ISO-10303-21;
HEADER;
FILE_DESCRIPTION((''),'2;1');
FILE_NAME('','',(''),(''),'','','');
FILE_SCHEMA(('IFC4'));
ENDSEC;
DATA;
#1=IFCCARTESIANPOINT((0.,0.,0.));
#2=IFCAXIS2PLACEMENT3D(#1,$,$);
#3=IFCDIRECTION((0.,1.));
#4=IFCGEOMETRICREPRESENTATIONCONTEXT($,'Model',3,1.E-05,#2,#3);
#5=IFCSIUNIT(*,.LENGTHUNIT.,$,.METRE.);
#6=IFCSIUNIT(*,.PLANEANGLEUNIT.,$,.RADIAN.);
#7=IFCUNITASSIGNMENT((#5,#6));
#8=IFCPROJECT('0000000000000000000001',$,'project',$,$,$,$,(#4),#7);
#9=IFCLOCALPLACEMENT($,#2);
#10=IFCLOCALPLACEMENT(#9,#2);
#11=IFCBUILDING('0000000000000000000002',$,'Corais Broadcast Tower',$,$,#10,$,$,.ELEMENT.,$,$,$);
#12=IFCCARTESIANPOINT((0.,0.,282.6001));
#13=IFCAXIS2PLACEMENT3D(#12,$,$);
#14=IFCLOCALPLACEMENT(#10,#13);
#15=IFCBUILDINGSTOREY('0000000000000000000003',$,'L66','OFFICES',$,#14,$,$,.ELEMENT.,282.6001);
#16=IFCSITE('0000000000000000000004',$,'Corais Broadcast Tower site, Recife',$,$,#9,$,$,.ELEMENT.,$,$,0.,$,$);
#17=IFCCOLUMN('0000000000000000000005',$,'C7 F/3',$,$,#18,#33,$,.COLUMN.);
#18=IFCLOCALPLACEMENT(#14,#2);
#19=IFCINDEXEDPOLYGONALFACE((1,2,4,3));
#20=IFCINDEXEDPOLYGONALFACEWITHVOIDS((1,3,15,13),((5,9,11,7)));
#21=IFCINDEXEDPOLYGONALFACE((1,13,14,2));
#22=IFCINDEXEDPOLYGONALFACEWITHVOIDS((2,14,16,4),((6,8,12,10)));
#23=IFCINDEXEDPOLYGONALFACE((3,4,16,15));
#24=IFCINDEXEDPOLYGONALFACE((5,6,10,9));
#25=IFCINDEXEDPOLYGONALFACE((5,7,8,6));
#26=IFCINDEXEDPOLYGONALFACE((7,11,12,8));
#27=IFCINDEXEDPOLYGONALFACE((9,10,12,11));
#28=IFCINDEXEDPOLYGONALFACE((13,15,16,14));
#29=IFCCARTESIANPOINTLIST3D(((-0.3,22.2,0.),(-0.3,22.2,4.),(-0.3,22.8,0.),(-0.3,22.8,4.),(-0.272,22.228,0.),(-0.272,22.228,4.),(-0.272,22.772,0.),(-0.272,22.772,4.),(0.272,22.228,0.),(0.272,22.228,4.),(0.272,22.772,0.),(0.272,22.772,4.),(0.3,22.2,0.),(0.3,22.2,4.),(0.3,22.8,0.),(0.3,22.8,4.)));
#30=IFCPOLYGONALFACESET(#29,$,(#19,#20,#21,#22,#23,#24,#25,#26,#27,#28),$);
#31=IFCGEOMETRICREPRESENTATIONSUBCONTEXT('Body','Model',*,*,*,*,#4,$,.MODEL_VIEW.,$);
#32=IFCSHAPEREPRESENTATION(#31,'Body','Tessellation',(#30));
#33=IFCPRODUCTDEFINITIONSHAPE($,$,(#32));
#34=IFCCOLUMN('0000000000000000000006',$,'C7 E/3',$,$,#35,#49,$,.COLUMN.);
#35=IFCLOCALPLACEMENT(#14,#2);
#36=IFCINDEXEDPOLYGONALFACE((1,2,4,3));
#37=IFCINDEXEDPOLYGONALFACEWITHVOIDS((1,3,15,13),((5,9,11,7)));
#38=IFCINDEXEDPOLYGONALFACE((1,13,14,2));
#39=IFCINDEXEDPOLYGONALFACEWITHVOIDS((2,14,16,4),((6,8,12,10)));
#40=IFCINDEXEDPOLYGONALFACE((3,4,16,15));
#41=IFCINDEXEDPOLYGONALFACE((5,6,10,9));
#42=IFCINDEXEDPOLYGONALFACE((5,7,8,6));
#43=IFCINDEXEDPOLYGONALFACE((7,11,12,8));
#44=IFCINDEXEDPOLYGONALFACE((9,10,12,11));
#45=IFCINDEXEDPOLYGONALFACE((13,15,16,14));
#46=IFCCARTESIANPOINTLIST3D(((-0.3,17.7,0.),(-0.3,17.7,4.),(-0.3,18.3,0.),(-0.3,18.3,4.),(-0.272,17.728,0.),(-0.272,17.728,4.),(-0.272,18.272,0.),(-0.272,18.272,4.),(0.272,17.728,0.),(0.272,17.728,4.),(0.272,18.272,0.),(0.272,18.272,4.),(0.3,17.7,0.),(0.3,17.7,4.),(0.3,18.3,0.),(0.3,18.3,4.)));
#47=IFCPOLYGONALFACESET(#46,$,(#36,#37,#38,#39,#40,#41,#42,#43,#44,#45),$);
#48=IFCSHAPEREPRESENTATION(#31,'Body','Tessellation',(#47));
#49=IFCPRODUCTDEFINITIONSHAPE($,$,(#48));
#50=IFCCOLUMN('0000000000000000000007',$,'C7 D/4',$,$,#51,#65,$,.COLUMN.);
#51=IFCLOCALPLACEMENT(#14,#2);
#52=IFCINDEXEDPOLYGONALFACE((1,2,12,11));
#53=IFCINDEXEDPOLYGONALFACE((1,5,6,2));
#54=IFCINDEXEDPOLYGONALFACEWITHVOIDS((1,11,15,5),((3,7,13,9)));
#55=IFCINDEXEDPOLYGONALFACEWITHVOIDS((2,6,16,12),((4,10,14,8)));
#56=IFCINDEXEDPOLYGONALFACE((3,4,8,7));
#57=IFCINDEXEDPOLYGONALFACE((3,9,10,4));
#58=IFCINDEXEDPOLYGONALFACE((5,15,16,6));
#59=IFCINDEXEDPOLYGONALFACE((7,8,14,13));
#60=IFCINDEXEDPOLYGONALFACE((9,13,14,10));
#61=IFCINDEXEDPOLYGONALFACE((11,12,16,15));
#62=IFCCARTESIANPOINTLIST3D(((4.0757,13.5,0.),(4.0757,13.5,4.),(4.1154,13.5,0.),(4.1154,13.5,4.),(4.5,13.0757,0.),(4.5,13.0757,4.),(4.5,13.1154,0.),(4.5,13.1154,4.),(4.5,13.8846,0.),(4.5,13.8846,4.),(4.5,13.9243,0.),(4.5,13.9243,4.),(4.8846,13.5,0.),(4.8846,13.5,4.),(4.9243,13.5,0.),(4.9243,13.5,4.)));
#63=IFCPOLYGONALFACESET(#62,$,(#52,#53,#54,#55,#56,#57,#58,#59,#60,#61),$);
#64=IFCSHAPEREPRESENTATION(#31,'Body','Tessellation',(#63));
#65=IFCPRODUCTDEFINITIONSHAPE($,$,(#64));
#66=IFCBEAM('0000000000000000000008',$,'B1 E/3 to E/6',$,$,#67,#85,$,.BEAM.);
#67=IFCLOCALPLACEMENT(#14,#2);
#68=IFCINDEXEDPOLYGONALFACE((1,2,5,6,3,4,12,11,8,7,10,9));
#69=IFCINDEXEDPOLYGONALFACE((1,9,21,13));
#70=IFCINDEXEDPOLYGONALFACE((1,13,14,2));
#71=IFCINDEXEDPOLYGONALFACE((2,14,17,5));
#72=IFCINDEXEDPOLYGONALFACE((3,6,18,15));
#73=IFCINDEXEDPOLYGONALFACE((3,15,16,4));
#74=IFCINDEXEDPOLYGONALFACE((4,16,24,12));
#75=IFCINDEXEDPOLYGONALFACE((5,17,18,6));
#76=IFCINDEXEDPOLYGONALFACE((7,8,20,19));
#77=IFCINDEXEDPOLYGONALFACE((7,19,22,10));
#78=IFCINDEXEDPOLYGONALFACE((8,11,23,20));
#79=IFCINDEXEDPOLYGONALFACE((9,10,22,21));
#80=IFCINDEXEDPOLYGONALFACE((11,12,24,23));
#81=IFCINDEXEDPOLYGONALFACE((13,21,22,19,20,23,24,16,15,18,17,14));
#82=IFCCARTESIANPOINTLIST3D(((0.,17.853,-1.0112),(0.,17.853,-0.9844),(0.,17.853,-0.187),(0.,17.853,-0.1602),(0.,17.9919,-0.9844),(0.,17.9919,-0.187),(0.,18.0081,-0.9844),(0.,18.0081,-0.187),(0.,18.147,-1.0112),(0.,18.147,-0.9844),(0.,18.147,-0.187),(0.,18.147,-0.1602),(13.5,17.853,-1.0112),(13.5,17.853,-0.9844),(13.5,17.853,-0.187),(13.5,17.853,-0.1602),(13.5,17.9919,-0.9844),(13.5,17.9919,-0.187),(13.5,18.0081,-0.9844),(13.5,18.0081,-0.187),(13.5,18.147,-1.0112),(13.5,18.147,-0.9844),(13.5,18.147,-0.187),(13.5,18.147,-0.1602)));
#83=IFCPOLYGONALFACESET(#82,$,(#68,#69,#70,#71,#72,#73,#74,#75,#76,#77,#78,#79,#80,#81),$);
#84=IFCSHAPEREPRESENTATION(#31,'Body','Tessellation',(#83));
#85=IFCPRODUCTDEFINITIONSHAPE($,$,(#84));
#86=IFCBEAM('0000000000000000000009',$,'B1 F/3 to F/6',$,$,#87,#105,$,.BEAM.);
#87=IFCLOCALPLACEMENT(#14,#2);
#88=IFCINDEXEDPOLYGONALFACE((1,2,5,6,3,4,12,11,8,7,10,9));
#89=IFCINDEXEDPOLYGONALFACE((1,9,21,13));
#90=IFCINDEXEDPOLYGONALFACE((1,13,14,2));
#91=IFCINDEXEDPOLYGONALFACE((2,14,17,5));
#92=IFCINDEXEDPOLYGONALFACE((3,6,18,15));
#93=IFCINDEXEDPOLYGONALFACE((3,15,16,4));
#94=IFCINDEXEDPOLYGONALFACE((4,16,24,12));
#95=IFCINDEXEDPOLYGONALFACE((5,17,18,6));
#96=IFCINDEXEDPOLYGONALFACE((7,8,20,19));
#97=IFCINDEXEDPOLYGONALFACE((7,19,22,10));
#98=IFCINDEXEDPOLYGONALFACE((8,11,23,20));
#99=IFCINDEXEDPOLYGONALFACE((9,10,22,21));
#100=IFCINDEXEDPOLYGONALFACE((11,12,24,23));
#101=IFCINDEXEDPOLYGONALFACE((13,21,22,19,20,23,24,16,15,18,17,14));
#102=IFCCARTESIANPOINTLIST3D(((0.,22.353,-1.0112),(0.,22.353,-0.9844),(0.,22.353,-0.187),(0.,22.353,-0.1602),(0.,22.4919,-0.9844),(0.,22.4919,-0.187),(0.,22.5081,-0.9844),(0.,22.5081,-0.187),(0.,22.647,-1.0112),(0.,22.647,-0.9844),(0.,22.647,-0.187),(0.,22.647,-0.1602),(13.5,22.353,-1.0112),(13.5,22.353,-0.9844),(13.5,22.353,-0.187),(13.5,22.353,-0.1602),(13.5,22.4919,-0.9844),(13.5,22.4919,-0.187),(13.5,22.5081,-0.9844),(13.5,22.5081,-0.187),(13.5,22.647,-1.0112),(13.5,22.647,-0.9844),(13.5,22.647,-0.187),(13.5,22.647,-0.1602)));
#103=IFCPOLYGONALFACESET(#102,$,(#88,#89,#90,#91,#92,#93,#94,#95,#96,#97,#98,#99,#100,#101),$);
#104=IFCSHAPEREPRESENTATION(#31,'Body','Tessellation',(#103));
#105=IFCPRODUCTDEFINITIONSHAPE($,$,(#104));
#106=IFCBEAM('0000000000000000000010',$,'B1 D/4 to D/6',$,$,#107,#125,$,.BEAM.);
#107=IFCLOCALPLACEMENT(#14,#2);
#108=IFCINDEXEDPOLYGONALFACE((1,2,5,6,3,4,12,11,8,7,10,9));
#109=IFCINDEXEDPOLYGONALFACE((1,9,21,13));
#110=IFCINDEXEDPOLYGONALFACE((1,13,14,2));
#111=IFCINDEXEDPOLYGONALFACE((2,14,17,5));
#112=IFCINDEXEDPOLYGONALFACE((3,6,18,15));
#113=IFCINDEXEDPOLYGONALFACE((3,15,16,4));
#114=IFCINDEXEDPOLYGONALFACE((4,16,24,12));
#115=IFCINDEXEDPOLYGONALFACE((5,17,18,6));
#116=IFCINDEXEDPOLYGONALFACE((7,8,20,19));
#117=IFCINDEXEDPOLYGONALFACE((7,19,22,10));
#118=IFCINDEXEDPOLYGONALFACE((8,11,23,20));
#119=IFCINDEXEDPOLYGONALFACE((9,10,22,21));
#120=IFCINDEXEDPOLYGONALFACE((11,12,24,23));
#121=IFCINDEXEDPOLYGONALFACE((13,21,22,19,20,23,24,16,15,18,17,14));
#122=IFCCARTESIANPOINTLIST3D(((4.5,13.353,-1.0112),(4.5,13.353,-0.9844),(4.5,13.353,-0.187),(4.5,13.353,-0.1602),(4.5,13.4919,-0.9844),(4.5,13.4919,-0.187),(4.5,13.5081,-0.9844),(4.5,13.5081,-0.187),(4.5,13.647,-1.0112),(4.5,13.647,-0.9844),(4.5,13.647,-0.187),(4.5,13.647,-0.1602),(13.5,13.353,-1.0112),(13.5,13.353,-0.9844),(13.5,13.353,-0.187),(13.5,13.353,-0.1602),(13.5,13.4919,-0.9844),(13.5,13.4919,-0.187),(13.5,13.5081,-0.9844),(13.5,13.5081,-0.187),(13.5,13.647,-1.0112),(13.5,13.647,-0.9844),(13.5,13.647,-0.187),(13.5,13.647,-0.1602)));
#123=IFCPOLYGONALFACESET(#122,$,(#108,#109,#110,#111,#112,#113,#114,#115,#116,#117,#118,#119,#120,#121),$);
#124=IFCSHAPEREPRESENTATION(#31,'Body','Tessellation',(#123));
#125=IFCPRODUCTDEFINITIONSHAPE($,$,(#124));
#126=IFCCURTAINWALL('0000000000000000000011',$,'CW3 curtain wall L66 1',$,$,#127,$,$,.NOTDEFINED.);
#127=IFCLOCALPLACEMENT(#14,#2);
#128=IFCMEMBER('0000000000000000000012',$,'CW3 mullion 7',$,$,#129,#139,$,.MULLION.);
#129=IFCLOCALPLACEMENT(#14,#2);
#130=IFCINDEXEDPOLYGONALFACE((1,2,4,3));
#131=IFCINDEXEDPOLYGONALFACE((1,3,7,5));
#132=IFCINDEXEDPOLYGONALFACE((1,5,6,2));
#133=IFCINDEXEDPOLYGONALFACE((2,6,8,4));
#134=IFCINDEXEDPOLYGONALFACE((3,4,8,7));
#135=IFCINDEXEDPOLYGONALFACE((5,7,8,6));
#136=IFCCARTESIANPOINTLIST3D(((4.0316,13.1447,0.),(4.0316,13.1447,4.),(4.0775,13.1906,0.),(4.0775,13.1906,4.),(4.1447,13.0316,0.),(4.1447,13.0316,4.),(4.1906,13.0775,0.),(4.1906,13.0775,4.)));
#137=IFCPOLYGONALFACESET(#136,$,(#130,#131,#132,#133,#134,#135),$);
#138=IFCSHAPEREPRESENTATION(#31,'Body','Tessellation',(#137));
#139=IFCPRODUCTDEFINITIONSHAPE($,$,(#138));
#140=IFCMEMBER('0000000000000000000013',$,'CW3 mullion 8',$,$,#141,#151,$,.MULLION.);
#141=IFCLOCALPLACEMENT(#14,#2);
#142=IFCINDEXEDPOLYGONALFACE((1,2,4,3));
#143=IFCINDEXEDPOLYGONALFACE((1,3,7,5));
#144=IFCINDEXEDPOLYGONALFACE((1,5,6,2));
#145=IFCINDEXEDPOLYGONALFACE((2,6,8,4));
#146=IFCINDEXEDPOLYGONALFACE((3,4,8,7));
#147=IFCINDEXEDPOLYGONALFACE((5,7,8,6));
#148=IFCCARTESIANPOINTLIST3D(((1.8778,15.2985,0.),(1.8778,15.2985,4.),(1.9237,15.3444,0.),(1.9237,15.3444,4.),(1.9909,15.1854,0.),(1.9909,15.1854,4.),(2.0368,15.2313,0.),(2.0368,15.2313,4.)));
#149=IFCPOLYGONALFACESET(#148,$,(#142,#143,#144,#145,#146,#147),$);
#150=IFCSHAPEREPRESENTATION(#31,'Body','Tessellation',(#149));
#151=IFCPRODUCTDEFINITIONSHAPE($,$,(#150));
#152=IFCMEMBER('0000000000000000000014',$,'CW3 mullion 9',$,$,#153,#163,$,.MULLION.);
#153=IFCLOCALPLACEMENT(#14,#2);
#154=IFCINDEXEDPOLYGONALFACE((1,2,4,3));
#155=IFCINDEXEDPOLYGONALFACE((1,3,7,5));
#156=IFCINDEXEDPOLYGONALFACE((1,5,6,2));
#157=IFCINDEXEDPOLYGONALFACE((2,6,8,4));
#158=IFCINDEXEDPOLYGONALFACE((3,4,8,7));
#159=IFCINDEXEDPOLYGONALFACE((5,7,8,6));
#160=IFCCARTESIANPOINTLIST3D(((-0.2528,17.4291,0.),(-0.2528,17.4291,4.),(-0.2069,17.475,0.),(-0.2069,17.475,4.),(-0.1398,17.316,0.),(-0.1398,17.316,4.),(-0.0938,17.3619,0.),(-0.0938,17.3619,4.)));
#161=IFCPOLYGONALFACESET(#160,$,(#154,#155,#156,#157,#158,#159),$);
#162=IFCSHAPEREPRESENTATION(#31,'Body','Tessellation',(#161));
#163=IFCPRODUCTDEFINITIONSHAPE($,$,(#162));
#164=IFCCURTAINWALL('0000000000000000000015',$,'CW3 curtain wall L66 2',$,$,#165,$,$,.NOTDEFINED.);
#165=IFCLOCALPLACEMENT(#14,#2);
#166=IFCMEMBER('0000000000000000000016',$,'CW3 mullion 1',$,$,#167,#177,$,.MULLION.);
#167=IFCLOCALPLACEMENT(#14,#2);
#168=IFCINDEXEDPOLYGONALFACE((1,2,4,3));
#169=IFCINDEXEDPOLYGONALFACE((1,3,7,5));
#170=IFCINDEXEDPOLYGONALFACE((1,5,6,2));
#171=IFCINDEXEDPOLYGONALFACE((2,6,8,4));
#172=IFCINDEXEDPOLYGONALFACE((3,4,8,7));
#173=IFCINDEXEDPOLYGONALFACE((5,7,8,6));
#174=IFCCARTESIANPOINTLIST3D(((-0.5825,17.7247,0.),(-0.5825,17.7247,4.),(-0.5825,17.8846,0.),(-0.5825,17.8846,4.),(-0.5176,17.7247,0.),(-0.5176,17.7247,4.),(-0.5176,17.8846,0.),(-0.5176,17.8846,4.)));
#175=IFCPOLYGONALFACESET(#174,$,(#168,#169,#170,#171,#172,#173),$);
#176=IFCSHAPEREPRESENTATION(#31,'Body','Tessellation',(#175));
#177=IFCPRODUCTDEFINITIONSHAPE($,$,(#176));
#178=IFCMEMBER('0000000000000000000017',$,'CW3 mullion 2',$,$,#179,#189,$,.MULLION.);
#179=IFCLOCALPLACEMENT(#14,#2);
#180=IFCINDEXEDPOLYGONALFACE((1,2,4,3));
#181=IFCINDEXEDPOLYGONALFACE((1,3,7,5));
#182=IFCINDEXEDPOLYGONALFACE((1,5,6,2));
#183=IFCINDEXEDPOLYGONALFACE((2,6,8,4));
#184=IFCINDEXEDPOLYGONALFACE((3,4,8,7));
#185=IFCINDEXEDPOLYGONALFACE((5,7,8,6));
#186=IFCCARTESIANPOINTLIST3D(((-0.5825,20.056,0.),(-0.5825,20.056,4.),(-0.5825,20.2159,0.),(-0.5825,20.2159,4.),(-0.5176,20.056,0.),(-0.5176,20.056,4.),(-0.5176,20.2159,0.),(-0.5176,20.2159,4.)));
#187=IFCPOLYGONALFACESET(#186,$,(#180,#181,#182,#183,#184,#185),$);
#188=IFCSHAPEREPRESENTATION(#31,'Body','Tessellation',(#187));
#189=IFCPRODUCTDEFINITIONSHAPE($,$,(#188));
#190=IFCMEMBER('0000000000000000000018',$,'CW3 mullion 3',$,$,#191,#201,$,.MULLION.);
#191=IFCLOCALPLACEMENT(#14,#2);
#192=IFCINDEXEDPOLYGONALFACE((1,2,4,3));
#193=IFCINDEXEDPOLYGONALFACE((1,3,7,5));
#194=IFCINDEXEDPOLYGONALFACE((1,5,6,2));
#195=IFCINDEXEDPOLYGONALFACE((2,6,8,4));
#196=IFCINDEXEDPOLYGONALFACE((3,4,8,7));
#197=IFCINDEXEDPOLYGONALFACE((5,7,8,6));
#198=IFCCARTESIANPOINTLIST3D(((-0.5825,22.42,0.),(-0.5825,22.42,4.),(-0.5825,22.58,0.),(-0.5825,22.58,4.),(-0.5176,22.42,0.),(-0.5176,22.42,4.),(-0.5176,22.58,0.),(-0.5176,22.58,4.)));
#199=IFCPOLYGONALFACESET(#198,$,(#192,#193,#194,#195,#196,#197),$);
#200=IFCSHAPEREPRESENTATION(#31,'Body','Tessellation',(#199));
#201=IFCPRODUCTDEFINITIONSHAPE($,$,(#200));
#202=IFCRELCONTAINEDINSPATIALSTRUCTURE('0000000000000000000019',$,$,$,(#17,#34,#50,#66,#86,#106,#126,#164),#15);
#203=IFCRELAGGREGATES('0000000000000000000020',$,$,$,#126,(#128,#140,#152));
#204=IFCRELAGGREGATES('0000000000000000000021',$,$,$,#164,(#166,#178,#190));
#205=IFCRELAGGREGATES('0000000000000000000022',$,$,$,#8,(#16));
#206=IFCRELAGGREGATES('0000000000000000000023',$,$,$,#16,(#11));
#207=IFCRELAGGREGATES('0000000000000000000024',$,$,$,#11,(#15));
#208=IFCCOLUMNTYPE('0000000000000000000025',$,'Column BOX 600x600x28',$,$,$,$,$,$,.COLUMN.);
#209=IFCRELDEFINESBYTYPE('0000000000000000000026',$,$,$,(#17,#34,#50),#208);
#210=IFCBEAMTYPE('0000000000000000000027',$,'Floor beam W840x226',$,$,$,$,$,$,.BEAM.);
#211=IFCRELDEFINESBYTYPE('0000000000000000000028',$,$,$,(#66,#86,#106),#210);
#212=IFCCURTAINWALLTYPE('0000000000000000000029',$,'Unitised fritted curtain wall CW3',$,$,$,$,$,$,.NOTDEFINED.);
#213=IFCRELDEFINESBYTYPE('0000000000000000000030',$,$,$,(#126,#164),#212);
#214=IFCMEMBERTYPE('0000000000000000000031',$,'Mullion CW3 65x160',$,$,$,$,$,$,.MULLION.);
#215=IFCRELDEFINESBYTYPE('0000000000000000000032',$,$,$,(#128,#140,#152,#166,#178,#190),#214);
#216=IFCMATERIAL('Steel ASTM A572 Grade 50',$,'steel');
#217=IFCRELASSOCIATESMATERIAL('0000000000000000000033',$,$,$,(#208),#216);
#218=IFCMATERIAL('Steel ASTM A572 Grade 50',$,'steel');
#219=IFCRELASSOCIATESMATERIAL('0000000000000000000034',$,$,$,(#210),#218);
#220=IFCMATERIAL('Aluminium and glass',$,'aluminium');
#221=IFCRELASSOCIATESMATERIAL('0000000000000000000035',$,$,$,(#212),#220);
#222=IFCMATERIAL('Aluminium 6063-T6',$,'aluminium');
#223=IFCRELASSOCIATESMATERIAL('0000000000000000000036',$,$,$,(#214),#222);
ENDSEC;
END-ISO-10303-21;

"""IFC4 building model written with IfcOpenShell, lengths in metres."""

from ifc_helpers import new_model, si_unit, direction, frame, origin, origin_2d, place, context, subcontext, project, spatial, rectangle, hollow_rectangle, i_section, extrude, material, material_profile, profile_set, type_object, element, aggregate, save


model = new_model("IFC4")

# Units and contexts
model_context = context("Model", 3, precision=1e-05, world=origin(), true_north=direction((0.0, 1.0)))
body_context = subcontext(model_context, "Body", "Model", "MODEL_VIEW")
ifc_project = project(units=[si_unit("LENGTHUNIT", "METRE"), si_unit("PLANEANGLEUNIT", "RADIAN")], contexts=[model_context])

# Site, building, storey
site_placement = place(None, origin())
site = spatial("IfcSite", under=ifc_project, at=site_placement, Name="Corais Broadcast Tower site, Recife", CompositionType="ELEMENT", RefElevation=0.0)
building_placement = place(site_placement, origin())
building = spatial("IfcBuilding", under=site, at=building_placement, Name="Corais Broadcast Tower", CompositionType="ELEMENT")
storey_placement = place(building_placement, frame((0.0, 0.0, 282.6001)))
storey = spatial("IfcBuildingStorey", under=building, at=storey_placement, Name="L66", Description="OFFICES", CompositionType="ELEMENT", Elevation=282.6001)

# Columns
ifc_material_1 = material(Name="Steel ASTM A572 Grade 50", Category="steel")
ifc_material_profile_1 = material_profile(ifc_material_1, hollow_rectangle(XDim=0.6001, YDim=0.6001, WallThickness=0.0281, at=origin_2d()), Name="BOX 600x600x28")
ifc_profile_set_1 = profile_set([ifc_material_profile_1], Name="Steel ASTM A572 Grade 50")
column_type = type_object("IfcColumnType", Name="Column BOX 600x600x28", PredefinedType="COLUMN", material=ifc_profile_set_1)
for number, where, z_axis, x_axis, name in (
    (1, (0.0, 22.5, 0.0), (0.0, 0.0, 1.0), (1.0, 0.0, 0.0), "C7 F/3"),
    (2, (0.0, 18.0, 0.0), (0.0, 0.0, 1.0), (1.0, 0.0, 0.0), "C7 E/3"),
    (3, (4.5, 13.5, 0.0), (0.0, 0.0, 1.0), (0.707107, 0.707107, 0.0), "C7 D/4"),
):
    element("IfcColumn", number, at=place(storey_placement, frame(where, z_axis=z_axis, x_axis=x_axis)), inside=storey, type_object=column_type, Name=name, PredefinedType="COLUMN", context=body_context, shape_type="SweptSolid", body=[
        extrude(hollow_rectangle(XDim=0.6001, YDim=0.6001, WallThickness=0.0281, at=origin_2d()), origin(), (0.0, 0.0, 1.0), 4.0),
    ])

# Beams
ifc_material_2 = material(Name="Steel ASTM A572 Grade 50", Category="steel")
ifc_material_profile_2 = material_profile(ifc_material_2, i_section(OverallWidth=0.2939, OverallDepth=0.8511, WebThickness=0.0161, FlangeThickness=0.0269, at=origin_2d()), Name="W840x226")
ifc_profile_set_2 = profile_set([ifc_material_profile_2], Name="Steel ASTM A572 Grade 50")
beam_type_1 = type_object("IfcBeamType", Name="Floor beam W840x226", PredefinedType="BEAM", material=ifc_profile_set_2)
for number, where, z_axis, x_axis, name in (
    (4, (0.0, 18.0, -0.5857), (1.0, 0.0, 0.0), (0.0, 1.0, 0.0), "B1 E/3 to E/6"),
    (5, (0.0, 22.5, -0.5857), (1.0, 0.0, 0.0), (0.0, 1.0, 0.0), "B1 F/3 to F/6"),
):
    element("IfcBeam", number, at=place(storey_placement, frame(where, z_axis=z_axis, x_axis=x_axis)), inside=storey, type_object=beam_type_1, Name=name, PredefinedType="BEAM", context=body_context, shape_type="SweptSolid", body=[
        extrude(i_section(OverallWidth=0.2939, OverallDepth=0.8511, WebThickness=0.0161, FlangeThickness=0.0269, at=origin_2d()), origin(), (0.0, 0.0, 1.0), 13.5),
    ])
beam_1_placement = place(storey_placement, frame((4.5, 13.5, -0.5857), z_axis=(1.0, 0.0, 0.0), x_axis=(0.0, 1.0, 0.0)))
element("IfcBeam", 6, at=beam_1_placement, inside=storey, type_object=beam_type_1, Name="B1 D/4 to D/6", PredefinedType="BEAM", context=body_context, shape_type="SweptSolid", body=[
    extrude(i_section(OverallWidth=0.2939, OverallDepth=0.8511, WebThickness=0.0161, FlangeThickness=0.0269, at=origin_2d()), origin(), (0.0, 0.0, 1.0), 9.0),
])

# Curtain walls, members
ifc_material_3 = material(Name="Aluminium and glass", Category="aluminium")
curtain_wall_type = type_object("IfcCurtainWallType", Name="Unitised fritted curtain wall CW3", PredefinedType="NOTDEFINED", material=ifc_material_3)
curtain_wall_1_placement = place(storey_placement, origin())
curtain_wall_1 = element("IfcCurtainWall", 7, at=curtain_wall_1_placement, inside=storey, type_object=curtain_wall_type, Name="CW3 curtain wall L66 1", PredefinedType="NOTDEFINED")
ifc_material_4 = material(Name="Aluminium 6063-T6", Category="aluminium")
ifc_material_profile_3 = material_profile(ifc_material_4, rectangle(XDim=0.0649, YDim=0.1599, at=origin_2d()), Name="Mullion CW3 65x160")
ifc_profile_set_3 = profile_set([ifc_material_profile_3], Name="Aluminium 6063-T6")
member_type_1 = type_object("IfcMemberType", Name="Mullion CW3 65x160", PredefinedType="MULLION", material=ifc_profile_set_3)
member_1_placement = place(storey_placement, frame((4.1111, 13.1111, 0.0), z_axis=(0.0, 0.0, 1.0), x_axis=(-0.707107, -0.707107, 0.0)))
member_1 = element("IfcMember", 8, at=member_1_placement, type_object=member_type_1, Name="CW3 mullion 7", PredefinedType="MULLION", context=body_context, shape_type="SweptSolid", body=[
    extrude(rectangle(XDim=0.0649, YDim=0.1599, at=origin_2d()), origin(), (0.0, 0.0, 1.0), 4.0),
])
member_2_placement = place(storey_placement, frame((1.9573, 15.2649, 0.0), z_axis=(0.0, 0.0, 1.0), x_axis=(-0.707107, -0.707107, 0.0)))
member_2 = element("IfcMember", 9, at=member_2_placement, type_object=member_type_1, Name="CW3 mullion 8", PredefinedType="MULLION", context=body_context, shape_type="SweptSolid", body=[
    extrude(rectangle(XDim=0.0649, YDim=0.1599, at=origin_2d()), origin(), (0.0, 0.0, 1.0), 4.0),
])
member_3_placement = place(storey_placement, frame((-0.1733, 17.3955, 0.0), z_axis=(0.0, 0.0, 1.0), x_axis=(-0.707107, -0.707107, 0.0)))
member_3 = element("IfcMember", 10, at=member_3_placement, type_object=member_type_1, Name="CW3 mullion 9", PredefinedType="MULLION", context=body_context, shape_type="SweptSolid", body=[
    extrude(rectangle(XDim=0.0649, YDim=0.1599, at=origin_2d()), origin(), (0.0, 0.0, 1.0), 4.0),
])
curtain_wall_2_placement = place(storey_placement, origin())
curtain_wall_2 = element("IfcCurtainWall", 11, at=curtain_wall_2_placement, inside=storey, type_object=curtain_wall_type, Name="CW3 curtain wall L66 2", PredefinedType="NOTDEFINED")
member_4_placement = place(storey_placement, frame((-0.55, 17.8047, 0.0), z_axis=(0.0, 0.0, 1.0), x_axis=(-1.0, 0.0, 0.0)))
member_4 = element("IfcMember", 12, at=member_4_placement, type_object=member_type_1, Name="CW3 mullion 1", PredefinedType="MULLION", context=body_context, shape_type="SweptSolid", body=[
    extrude(rectangle(XDim=0.0649, YDim=0.1599, at=origin_2d()), origin(), (0.0, 0.0, 1.0), 4.0),
])
member_5_placement = place(storey_placement, frame((-0.55, 20.136, 0.0), z_axis=(0.0, 0.0, 1.0), x_axis=(-1.0, 0.0, 0.0)))
member_5 = element("IfcMember", 13, at=member_5_placement, type_object=member_type_1, Name="CW3 mullion 2", PredefinedType="MULLION", context=body_context, shape_type="SweptSolid", body=[
    extrude(rectangle(XDim=0.0649, YDim=0.1599, at=origin_2d()), origin(), (0.0, 0.0, 1.0), 4.0),
])
member_6_placement = place(storey_placement, frame((-0.55, 22.5, 0.0), z_axis=(0.0, 0.0, 1.0), x_axis=(-1.0, 0.0, 0.0)))
member_6 = element("IfcMember", 14, at=member_6_placement, type_object=member_type_1, Name="CW3 mullion 3", PredefinedType="MULLION", context=body_context, shape_type="SweptSolid", body=[
    extrude(rectangle(XDim=0.0649, YDim=0.1599, at=origin_2d()), origin(), (0.0, 0.0, 1.0), 4.0),
])

aggregate(curtain_wall_1, [member_1, member_2, member_3])
aggregate(curtain_wall_2, [member_4, member_5, member_6])

save(model, "model.ifc")
